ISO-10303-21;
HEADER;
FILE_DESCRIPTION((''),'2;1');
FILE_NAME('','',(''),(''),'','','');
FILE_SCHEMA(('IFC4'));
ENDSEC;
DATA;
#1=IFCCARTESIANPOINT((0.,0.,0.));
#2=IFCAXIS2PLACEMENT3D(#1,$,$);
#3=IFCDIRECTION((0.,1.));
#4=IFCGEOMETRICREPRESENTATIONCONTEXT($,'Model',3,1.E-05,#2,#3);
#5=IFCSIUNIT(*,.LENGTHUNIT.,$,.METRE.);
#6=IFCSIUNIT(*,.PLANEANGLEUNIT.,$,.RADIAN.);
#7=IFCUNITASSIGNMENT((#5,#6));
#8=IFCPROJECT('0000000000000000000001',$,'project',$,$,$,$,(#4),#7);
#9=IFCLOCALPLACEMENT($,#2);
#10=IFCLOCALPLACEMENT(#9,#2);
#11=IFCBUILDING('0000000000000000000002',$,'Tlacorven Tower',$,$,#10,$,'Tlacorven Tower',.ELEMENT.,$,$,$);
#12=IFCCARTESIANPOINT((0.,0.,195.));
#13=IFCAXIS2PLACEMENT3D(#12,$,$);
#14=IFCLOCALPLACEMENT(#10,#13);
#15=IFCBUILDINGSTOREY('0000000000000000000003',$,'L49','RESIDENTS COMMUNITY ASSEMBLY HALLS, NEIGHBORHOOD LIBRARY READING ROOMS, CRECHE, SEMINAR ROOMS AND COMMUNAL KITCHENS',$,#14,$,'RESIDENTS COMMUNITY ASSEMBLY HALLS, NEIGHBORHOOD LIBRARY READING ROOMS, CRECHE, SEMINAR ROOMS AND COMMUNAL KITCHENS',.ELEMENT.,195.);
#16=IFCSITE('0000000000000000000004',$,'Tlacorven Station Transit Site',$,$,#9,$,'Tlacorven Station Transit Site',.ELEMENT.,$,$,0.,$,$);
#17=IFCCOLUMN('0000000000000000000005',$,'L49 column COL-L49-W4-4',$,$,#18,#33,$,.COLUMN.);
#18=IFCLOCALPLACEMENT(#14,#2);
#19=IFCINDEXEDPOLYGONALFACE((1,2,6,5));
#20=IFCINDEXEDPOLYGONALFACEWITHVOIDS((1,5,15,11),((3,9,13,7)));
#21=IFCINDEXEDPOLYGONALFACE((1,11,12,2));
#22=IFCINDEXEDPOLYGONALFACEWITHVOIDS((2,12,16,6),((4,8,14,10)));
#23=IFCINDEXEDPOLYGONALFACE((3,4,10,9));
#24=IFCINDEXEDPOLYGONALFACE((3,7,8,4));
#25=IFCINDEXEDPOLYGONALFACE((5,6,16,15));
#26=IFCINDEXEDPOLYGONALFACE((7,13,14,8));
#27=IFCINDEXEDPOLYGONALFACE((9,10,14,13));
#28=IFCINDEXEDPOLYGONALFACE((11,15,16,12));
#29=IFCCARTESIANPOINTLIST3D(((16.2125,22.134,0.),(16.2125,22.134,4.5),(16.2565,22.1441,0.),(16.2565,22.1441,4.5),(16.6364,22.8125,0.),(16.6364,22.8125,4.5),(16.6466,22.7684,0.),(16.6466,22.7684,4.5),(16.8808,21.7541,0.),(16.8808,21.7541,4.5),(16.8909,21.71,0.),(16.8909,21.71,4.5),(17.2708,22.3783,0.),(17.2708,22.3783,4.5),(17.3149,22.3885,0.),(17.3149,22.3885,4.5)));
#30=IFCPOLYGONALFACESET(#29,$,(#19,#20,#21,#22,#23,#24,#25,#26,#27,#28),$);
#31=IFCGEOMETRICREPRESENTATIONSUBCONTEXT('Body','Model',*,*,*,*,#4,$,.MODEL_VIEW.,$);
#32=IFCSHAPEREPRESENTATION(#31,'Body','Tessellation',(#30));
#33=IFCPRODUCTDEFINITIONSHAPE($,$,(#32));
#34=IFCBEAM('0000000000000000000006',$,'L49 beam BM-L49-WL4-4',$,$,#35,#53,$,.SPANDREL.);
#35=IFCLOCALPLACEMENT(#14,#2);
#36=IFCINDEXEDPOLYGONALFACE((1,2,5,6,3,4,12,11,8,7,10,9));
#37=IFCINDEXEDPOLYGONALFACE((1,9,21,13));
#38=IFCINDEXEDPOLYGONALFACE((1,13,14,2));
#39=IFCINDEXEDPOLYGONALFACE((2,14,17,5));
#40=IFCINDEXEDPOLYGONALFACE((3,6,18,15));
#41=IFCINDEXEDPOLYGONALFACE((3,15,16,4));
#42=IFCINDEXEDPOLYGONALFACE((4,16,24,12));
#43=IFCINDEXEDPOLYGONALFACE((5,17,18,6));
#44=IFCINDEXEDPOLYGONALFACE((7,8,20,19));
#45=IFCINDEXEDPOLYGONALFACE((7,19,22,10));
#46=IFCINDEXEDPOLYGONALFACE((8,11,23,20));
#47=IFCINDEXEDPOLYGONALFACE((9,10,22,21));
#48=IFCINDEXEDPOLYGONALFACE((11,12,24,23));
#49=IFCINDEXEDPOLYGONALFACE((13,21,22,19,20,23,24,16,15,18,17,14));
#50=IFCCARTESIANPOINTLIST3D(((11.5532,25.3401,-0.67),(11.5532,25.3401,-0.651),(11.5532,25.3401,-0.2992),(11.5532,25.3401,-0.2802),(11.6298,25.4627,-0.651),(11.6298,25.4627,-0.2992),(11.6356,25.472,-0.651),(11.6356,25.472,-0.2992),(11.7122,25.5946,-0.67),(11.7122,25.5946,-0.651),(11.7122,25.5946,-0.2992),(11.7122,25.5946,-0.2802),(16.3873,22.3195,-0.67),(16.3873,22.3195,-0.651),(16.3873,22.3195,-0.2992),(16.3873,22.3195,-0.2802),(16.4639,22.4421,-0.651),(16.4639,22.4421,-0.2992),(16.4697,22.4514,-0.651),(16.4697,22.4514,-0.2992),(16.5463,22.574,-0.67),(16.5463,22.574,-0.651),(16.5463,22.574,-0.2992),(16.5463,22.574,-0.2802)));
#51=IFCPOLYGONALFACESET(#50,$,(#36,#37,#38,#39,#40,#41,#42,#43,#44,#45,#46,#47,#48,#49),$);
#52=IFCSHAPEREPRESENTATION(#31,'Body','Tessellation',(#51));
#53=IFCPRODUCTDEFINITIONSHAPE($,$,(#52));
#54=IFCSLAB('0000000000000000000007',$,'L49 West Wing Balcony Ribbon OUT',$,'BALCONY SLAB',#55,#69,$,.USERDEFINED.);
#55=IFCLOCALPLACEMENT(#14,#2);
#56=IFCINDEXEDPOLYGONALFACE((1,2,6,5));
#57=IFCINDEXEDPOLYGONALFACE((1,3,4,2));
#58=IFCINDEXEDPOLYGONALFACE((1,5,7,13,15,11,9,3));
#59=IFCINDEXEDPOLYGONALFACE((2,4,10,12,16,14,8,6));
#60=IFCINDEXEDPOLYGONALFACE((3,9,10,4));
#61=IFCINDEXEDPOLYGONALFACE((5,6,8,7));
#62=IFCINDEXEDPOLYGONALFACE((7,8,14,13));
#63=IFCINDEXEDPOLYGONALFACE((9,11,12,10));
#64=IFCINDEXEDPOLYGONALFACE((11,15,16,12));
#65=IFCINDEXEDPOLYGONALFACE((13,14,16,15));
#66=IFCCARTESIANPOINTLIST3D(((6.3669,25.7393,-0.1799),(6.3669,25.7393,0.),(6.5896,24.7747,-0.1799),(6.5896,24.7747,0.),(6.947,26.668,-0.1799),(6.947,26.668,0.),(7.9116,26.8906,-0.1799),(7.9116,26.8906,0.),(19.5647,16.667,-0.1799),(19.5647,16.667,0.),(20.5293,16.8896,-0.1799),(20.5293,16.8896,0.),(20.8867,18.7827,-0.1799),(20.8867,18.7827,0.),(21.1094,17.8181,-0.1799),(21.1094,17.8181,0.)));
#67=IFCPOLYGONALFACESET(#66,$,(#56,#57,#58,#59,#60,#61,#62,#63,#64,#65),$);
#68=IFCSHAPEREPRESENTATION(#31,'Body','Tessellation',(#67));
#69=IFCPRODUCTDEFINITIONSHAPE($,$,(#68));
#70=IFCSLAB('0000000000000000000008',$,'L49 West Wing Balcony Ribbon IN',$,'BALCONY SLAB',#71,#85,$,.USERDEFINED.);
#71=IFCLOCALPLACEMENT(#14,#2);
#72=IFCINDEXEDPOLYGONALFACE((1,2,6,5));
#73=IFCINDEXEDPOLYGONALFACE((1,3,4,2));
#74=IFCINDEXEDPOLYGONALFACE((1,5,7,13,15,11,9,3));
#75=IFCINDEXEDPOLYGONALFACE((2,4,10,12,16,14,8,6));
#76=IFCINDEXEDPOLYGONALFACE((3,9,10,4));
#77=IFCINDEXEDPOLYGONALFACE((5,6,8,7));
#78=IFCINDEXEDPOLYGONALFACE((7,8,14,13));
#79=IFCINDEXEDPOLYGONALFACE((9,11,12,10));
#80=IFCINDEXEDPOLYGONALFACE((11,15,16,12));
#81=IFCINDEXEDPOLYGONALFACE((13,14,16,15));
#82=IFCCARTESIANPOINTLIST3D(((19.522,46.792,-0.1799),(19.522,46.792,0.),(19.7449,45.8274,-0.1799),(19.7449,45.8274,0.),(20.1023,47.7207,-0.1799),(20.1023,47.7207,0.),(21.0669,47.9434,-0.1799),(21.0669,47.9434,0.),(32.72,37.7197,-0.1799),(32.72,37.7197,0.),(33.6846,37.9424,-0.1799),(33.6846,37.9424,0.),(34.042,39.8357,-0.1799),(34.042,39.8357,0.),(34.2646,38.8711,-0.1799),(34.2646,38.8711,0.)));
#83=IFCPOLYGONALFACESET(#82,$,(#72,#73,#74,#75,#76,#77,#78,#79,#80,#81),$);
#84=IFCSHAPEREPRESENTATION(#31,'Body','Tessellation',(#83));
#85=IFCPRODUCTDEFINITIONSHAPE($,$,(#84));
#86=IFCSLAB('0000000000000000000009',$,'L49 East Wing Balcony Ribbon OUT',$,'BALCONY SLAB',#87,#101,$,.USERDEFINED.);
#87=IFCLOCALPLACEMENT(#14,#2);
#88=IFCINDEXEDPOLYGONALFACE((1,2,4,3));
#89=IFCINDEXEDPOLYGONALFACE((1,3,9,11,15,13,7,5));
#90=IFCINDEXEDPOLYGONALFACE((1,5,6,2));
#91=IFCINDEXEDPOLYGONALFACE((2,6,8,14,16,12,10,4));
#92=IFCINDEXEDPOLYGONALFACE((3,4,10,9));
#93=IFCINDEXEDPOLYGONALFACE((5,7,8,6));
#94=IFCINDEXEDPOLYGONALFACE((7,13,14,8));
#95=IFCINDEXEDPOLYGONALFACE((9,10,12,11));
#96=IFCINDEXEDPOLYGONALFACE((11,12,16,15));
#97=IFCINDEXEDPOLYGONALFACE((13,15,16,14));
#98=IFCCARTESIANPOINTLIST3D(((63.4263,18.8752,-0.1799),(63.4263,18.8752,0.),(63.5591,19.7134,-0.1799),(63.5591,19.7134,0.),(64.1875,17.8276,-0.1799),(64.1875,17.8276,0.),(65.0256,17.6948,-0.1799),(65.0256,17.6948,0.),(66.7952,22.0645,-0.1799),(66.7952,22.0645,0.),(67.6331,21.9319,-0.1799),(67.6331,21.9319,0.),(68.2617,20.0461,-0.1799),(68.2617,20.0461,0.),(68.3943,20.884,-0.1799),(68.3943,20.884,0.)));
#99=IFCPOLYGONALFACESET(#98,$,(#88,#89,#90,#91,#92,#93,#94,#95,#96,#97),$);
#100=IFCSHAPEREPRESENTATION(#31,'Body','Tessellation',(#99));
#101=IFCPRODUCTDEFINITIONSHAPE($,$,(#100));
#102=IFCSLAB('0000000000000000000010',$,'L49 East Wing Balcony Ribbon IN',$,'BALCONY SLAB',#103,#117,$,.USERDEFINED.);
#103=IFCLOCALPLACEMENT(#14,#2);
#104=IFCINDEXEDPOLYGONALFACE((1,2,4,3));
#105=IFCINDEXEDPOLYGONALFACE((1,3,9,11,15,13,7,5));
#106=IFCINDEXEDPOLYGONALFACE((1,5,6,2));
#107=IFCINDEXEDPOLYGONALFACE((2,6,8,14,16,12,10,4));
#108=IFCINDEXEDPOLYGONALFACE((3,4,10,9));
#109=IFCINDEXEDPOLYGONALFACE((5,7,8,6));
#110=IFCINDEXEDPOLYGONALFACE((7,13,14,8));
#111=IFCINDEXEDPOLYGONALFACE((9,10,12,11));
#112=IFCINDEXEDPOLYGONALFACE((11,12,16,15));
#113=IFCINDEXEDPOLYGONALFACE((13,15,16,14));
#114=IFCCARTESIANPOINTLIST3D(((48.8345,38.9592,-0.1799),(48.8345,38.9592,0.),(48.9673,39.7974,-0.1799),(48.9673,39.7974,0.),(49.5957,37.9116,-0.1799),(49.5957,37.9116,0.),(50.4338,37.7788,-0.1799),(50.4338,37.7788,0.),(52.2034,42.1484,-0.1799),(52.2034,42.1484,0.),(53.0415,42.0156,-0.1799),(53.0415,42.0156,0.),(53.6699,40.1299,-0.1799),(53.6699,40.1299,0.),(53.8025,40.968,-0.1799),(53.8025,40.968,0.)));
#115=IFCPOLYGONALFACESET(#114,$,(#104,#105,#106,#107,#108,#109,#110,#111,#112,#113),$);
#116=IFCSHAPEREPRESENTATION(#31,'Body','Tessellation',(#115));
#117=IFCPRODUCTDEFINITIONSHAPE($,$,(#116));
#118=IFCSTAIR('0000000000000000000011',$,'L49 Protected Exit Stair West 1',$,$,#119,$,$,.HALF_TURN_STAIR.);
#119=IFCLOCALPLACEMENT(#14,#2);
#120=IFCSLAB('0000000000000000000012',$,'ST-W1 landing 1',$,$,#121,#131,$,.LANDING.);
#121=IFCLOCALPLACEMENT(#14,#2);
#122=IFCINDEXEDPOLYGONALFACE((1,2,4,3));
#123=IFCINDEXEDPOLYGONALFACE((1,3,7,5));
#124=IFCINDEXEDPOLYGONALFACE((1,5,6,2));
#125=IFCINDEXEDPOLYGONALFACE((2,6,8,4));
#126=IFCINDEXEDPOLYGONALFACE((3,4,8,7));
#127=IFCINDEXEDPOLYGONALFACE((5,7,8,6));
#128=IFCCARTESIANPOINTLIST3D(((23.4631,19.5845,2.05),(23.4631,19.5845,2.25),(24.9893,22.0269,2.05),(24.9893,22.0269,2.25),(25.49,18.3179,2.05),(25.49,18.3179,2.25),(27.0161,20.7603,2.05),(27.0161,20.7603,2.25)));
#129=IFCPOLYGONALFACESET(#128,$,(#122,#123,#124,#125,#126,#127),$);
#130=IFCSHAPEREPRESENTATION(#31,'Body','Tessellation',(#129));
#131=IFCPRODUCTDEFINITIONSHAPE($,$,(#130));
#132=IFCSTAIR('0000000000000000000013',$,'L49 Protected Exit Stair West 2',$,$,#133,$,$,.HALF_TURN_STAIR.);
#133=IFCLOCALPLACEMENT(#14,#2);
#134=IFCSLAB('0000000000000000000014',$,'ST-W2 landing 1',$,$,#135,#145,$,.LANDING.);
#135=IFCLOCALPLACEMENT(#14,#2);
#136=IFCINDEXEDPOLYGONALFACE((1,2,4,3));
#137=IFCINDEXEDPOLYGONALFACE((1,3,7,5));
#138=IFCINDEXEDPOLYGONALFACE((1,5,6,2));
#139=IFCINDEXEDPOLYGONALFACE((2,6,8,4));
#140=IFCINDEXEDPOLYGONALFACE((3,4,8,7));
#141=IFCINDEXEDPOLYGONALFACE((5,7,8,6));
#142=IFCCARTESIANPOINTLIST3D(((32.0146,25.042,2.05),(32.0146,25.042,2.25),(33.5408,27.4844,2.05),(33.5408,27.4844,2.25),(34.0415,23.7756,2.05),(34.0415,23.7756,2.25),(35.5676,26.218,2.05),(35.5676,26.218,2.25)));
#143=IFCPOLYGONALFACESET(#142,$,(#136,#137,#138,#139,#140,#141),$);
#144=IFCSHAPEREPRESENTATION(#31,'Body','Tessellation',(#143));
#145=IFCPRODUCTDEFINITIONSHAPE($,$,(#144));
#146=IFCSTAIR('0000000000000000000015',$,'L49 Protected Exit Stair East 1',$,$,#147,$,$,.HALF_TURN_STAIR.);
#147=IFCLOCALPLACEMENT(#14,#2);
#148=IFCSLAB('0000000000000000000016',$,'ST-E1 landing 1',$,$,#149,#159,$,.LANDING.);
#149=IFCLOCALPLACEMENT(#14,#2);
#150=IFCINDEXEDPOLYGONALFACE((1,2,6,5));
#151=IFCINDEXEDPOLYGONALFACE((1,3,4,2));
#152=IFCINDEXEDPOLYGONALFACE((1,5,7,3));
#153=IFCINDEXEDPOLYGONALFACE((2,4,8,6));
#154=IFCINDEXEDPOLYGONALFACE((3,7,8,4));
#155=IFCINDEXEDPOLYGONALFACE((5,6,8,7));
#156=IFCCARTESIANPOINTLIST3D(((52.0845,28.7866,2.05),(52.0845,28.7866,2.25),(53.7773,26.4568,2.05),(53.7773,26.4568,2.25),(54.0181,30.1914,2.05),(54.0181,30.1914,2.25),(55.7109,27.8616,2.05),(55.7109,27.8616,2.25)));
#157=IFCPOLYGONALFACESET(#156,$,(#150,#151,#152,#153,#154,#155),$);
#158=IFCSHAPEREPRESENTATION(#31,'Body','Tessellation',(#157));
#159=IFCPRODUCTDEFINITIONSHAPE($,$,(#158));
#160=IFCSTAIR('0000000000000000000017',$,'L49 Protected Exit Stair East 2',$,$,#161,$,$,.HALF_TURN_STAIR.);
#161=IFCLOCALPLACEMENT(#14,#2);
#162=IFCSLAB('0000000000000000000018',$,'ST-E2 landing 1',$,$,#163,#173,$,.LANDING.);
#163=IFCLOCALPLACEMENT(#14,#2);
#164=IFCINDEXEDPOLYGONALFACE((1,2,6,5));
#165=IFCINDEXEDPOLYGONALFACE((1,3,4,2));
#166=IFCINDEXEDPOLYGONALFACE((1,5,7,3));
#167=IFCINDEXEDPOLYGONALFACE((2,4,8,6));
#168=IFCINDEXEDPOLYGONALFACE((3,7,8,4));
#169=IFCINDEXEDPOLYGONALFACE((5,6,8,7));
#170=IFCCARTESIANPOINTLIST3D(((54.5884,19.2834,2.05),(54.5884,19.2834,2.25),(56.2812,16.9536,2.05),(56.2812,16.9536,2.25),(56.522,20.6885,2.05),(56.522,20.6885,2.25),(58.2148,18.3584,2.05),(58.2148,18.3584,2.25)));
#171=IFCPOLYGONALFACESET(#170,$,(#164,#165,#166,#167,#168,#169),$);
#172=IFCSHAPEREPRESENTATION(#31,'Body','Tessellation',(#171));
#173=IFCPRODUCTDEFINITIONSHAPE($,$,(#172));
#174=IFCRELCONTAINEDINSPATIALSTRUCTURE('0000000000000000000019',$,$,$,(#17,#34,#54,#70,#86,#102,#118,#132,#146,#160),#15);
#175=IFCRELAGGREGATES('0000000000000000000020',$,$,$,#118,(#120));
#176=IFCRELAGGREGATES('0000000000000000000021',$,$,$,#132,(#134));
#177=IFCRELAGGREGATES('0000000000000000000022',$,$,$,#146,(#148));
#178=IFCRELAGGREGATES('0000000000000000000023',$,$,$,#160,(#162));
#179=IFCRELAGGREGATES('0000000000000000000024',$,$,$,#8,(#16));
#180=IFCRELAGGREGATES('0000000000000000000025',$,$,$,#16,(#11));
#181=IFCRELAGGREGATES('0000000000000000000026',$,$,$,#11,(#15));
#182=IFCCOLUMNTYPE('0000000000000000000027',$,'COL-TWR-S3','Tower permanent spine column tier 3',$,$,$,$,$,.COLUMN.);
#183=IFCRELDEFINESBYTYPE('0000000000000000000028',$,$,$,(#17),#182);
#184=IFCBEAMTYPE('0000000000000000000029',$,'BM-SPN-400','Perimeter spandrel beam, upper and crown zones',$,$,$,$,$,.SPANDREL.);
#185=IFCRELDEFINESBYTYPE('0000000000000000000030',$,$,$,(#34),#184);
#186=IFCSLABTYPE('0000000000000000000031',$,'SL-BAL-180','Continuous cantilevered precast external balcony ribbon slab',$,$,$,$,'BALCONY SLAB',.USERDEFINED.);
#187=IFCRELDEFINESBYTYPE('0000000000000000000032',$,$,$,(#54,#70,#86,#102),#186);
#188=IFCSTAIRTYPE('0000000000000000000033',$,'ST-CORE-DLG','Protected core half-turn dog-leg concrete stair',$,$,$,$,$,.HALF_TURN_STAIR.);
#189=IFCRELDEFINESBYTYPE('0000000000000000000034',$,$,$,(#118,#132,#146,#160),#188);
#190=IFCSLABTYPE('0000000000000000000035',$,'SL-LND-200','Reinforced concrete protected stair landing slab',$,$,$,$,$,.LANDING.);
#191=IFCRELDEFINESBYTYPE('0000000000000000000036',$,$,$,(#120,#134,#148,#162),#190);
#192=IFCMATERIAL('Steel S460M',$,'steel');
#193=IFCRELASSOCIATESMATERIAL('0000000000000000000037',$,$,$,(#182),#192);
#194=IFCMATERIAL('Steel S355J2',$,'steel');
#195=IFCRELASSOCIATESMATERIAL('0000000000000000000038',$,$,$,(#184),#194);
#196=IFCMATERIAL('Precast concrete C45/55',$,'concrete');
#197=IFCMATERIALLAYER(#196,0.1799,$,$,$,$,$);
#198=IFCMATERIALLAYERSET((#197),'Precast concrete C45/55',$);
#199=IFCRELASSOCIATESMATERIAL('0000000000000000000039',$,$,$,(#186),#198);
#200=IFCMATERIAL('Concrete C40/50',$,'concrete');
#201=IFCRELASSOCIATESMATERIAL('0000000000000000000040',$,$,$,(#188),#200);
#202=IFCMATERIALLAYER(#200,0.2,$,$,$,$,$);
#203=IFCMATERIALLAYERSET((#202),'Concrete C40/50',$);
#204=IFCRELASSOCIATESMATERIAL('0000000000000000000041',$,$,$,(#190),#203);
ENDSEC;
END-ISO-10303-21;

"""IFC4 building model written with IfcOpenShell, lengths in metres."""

from ifc_helpers import new_model, si_unit, direction, frame, origin, origin_2d, place, context, subcontext, project, spatial, polyline, hollow_rectangle, i_section, outline, extrude, source, transform, mapped, material, layer, layer_set, material_profile, profile_set, type_object, element, aggregate, save


model = new_model("IFC4")

# Units and contexts
model_context = context("Model", 3, precision=1e-05, world=origin(), true_north=direction((0.0, 1.0)))
body_context = subcontext(model_context, "Body", "Model", "MODEL_VIEW")
ifc_project = project(units=[si_unit("LENGTHUNIT", "METRE"), si_unit("PLANEANGLEUNIT", "RADIAN")], contexts=[model_context])

# Site, building, storey
site_placement = place(None, origin())
site = spatial("IfcSite", under=ifc_project, at=site_placement, Name="Tlacorven Station Transit Site", LongName="Tlacorven Station Transit Site", CompositionType="ELEMENT", RefElevation=0.0)
building_placement = place(site_placement, origin())
building = spatial("IfcBuilding", under=site, at=building_placement, Name="Tlacorven Tower", LongName="Tlacorven Tower", CompositionType="ELEMENT")
storey_placement = place(building_placement, frame((0.0, 0.0, 195.0)))
storey = spatial("IfcBuildingStorey", under=building, at=storey_placement, Name="L49", Description="RESIDENTS COMMUNITY ASSEMBLY HALLS, NEIGHBORHOOD LIBRARY READING ROOMS, CRECHE, SEMINAR ROOMS AND COMMUNAL KITCHENS", LongName="RESIDENTS COMMUNITY ASSEMBLY HALLS, NEIGHBORHOOD LIBRARY READING ROOMS, CRECHE, SEMINAR ROOMS AND COMMUNAL KITCHENS", CompositionType="ELEMENT", Elevation=195.0)

# Column
ifc_material_1 = material(Name="Steel S460M", Category="steel")
ifc_material_profile_1 = material_profile(ifc_material_1, hollow_rectangle(XDim=0.8, YDim=0.8, WallThickness=0.032, at=origin_2d()), Name="BOX 800X800X32")
ifc_profile_set_1 = profile_set([ifc_material_profile_1], Name="Steel S460M")
column_type = type_object("IfcColumnType", Name="COL-TWR-S3", Description="Tower permanent spine column tier 3", PredefinedType="COLUMN", material=ifc_profile_set_1)
shared_shape_1 = source(origin(), body_context, "Body", "SweptSolid", [
    extrude(hollow_rectangle(XDim=0.8, YDim=0.8, WallThickness=0.032, at=origin_2d()), origin(), (0.0, 0.0, 1.0), 4.5),
])
column_placement = place(storey_placement, frame((16.7637, 22.2612, 0.0), z_axis=(0.0, 0.0, 1.0), x_axis=(-0.848048, 0.529919, 0.0)))
element("IfcColumn", 1, at=column_placement, inside=storey, type_object=column_type, Name="L49 column COL-L49-W4-4", PredefinedType="COLUMN", context=body_context, shape_type="MappedRepresentation", body=[
    mapped(shared_shape_1, transform((0.0, 0.0, 0.0), scale=1.0)),
])

# Beam
ifc_material_2 = material(Name="Steel S355J2", Category="steel")
ifc_material_profile_2 = material_profile(ifc_material_2, i_section(OverallWidth=0.3, OverallDepth=0.3899, WebThickness=0.011, FlangeThickness=0.019, at=origin_2d()), Name="HEA 400")
ifc_profile_set_2 = profile_set([ifc_material_profile_2], Name="Steel S355J2")
beam_type = type_object("IfcBeamType", Name="BM-SPN-400", Description="Perimeter spandrel beam, upper and crown zones", PredefinedType="SPANDREL", material=ifc_profile_set_2)
shared_shape_2 = source(origin(), body_context, "Body", "SweptSolid", [
    extrude(i_section(OverallWidth=0.3, OverallDepth=0.3899, WebThickness=0.011, FlangeThickness=0.019, at=origin_2d()), origin(), (0.0, 0.0, 1.0), 5.7002),
])
beam_placement = place(storey_placement, frame((16.4668, 22.4468, -0.4751), z_axis=(-0.848056, 0.529907, 0.0), x_axis=(-0.529907, -0.848056, 0.0)))
element("IfcBeam", 2, at=beam_placement, inside=storey, type_object=beam_type, Name="L49 beam BM-L49-WL4-4", PredefinedType="SPANDREL", context=body_context, shape_type="MappedRepresentation", body=[
    mapped(shared_shape_2, transform((0.0, 0.0, 0.0), scale=1.0)),
])

# Slabs
ifc_material_3 = material(Name="Precast concrete C45/55", Category="concrete")
ifc_layer_1 = layer(ifc_material_3, 0.1799)
ifc_layer_set_1 = layer_set([ifc_layer_1], Name="Precast concrete C45/55")
slab_type_1 = type_object("IfcSlabType", Name="SL-BAL-180", Description="Continuous cantilevered precast external balcony ribbon slab", ElementType="BALCONY SLAB", PredefinedType="USERDEFINED", material=ifc_layer_set_1)
slab_1_placement = place(storey_placement, frame((0.0, 0.0, -0.1799)))
element("IfcSlab", 3, at=slab_1_placement, inside=storey, type_object=slab_type_1, Name="L49 West Wing Balcony Ribbon OUT", ObjectType="BALCONY SLAB", PredefinedType="USERDEFINED", context=body_context, shape_type="SweptSolid", body=[
    extrude(outline(polyline([(20.8867, 18.7827), (7.9116, 26.8906), (6.947, 26.668), (6.3669, 25.7393), (6.5896, 24.7747), (19.5647, 16.667), (20.5293, 16.8896), (21.1094, 17.8181), (20.8867, 18.7827)])), origin(), (0.0, 0.0, 1.0), 0.1799),
])
slab_2_placement = place(storey_placement, frame((0.0, 0.0, -0.1799)))
element("IfcSlab", 4, at=slab_2_placement, inside=storey, type_object=slab_type_1, Name="L49 West Wing Balcony Ribbon IN", ObjectType="BALCONY SLAB", PredefinedType="USERDEFINED", context=body_context, shape_type="SweptSolid", body=[
    extrude(outline(polyline([(34.042, 39.8357), (21.0669, 47.9434), (20.1023, 47.7207), (19.522, 46.792), (19.7449, 45.8274), (32.72, 37.7197), (33.6846, 37.9424), (34.2646, 38.8711), (34.042, 39.8357)])), origin(), (0.0, 0.0, 1.0), 0.1799),
])
slab_3_placement = place(storey_placement, frame((0.0, 0.0, -0.1799)))
element("IfcSlab", 5, at=slab_3_placement, inside=storey, type_object=slab_type_1, Name="L49 East Wing Balcony Ribbon OUT", ObjectType="BALCONY SLAB", PredefinedType="USERDEFINED", context=body_context, shape_type="SweptSolid", body=[
    extrude(outline(polyline([(65.0256, 17.6948), (68.2617, 20.0461), (68.3943, 20.884), (67.6331, 21.9319), (66.7952, 22.0645), (63.5591, 19.7134), (63.4263, 18.8752), (64.1875, 17.8276), (65.0256, 17.6948)])), origin(), (0.0, 0.0, 1.0), 0.1799),
])
slab_4_placement = place(storey_placement, frame((0.0, 0.0, -0.1799)))
element("IfcSlab", 6, at=slab_4_placement, inside=storey, type_object=slab_type_1, Name="L49 East Wing Balcony Ribbon IN", ObjectType="BALCONY SLAB", PredefinedType="USERDEFINED", context=body_context, shape_type="SweptSolid", body=[
    extrude(outline(polyline([(50.4338, 37.7788), (53.6699, 40.1299), (53.8025, 40.968), (53.0415, 42.0156), (52.2034, 42.1484), (48.9673, 39.7974), (48.8345, 38.9592), (49.5957, 37.9116), (50.4338, 37.7788)])), origin(), (0.0, 0.0, 1.0), 0.1799),
])

# Stairs, slabs
ifc_material_4 = material(Name="Concrete C40/50", Category="concrete")
stair_type = type_object("IfcStairType", Name="ST-CORE-DLG", Description="Protected core half-turn dog-leg concrete stair", PredefinedType="HALF_TURN_STAIR", material=ifc_material_4)
stair_1_placement = place(storey_placement, origin())
stair_1 = element("IfcStair", 7, at=stair_1_placement, inside=storey, type_object=stair_type, Name="L49 Protected Exit Stair West 1", PredefinedType="HALF_TURN_STAIR")
ifc_layer_2 = layer(ifc_material_4, 0.2)
ifc_layer_set_2 = layer_set([ifc_layer_2], Name="Concrete C40/50")
slab_type_2 = type_object("IfcSlabType", Name="SL-LND-200", Description="Reinforced concrete protected stair landing slab", PredefinedType="LANDING", material=ifc_layer_set_2)
slab_5_placement = place(storey_placement, frame((0.0, 0.0, 2.05)))
slab_5 = element("IfcSlab", 8, at=slab_5_placement, type_object=slab_type_2, Name="ST-W1 landing 1", PredefinedType="LANDING", context=body_context, shape_type="SweptSolid", body=[
    extrude(outline(polyline([(27.0161, 20.7603), (24.9893, 22.0269), (23.4631, 19.5845), (25.49, 18.3179), (27.0161, 20.7603)])), origin(), (0.0, 0.0, 1.0), 0.2),
])
aggregate(stair_1, [slab_5])
stair_2_placement = place(storey_placement, origin())
stair_2 = element("IfcStair", 9, at=stair_2_placement, inside=storey, type_object=stair_type, Name="L49 Protected Exit Stair West 2", PredefinedType="HALF_TURN_STAIR")
slab_6_placement = place(storey_placement, frame((0.0, 0.0, 2.05)))
slab_6 = element("IfcSlab", 10, at=slab_6_placement, type_object=slab_type_2, Name="ST-W2 landing 1", PredefinedType="LANDING", context=body_context, shape_type="SweptSolid", body=[
    extrude(outline(polyline([(35.5676, 26.218), (33.5408, 27.4844), (32.0146, 25.042), (34.0415, 23.7756), (35.5676, 26.218)])), origin(), (0.0, 0.0, 1.0), 0.2),
])
aggregate(stair_2, [slab_6])
stair_3_placement = place(storey_placement, origin())
stair_3 = element("IfcStair", 11, at=stair_3_placement, inside=storey, type_object=stair_type, Name="L49 Protected Exit Stair East 1", PredefinedType="HALF_TURN_STAIR")
slab_7_placement = place(storey_placement, frame((0.0, 0.0, 2.05)))
slab_7 = element("IfcSlab", 12, at=slab_7_placement, type_object=slab_type_2, Name="ST-E1 landing 1", PredefinedType="LANDING", context=body_context, shape_type="SweptSolid", body=[
    extrude(outline(polyline([(53.7773, 26.4568), (55.7109, 27.8616), (54.0181, 30.1914), (52.0845, 28.7866), (53.7773, 26.4568)])), origin(), (0.0, 0.0, 1.0), 0.2),
])
aggregate(stair_3, [slab_7])
stair_4_placement = place(storey_placement, origin())
stair_4 = element("IfcStair", 13, at=stair_4_placement, inside=storey, type_object=stair_type, Name="L49 Protected Exit Stair East 2", PredefinedType="HALF_TURN_STAIR")
slab_8_placement = place(storey_placement, frame((0.0, 0.0, 2.05)))
slab_8 = element("IfcSlab", 14, at=slab_8_placement, type_object=slab_type_2, Name="ST-E2 landing 1", PredefinedType="LANDING", context=body_context, shape_type="SweptSolid", body=[
    extrude(outline(polyline([(56.2812, 16.9536), (58.2148, 18.3584), (56.522, 20.6885), (54.5884, 19.2834), (56.2812, 16.9536)])), origin(), (0.0, 0.0, 1.0), 0.2),
])
aggregate(stair_4, [slab_8])

save(model, "model.ifc")
